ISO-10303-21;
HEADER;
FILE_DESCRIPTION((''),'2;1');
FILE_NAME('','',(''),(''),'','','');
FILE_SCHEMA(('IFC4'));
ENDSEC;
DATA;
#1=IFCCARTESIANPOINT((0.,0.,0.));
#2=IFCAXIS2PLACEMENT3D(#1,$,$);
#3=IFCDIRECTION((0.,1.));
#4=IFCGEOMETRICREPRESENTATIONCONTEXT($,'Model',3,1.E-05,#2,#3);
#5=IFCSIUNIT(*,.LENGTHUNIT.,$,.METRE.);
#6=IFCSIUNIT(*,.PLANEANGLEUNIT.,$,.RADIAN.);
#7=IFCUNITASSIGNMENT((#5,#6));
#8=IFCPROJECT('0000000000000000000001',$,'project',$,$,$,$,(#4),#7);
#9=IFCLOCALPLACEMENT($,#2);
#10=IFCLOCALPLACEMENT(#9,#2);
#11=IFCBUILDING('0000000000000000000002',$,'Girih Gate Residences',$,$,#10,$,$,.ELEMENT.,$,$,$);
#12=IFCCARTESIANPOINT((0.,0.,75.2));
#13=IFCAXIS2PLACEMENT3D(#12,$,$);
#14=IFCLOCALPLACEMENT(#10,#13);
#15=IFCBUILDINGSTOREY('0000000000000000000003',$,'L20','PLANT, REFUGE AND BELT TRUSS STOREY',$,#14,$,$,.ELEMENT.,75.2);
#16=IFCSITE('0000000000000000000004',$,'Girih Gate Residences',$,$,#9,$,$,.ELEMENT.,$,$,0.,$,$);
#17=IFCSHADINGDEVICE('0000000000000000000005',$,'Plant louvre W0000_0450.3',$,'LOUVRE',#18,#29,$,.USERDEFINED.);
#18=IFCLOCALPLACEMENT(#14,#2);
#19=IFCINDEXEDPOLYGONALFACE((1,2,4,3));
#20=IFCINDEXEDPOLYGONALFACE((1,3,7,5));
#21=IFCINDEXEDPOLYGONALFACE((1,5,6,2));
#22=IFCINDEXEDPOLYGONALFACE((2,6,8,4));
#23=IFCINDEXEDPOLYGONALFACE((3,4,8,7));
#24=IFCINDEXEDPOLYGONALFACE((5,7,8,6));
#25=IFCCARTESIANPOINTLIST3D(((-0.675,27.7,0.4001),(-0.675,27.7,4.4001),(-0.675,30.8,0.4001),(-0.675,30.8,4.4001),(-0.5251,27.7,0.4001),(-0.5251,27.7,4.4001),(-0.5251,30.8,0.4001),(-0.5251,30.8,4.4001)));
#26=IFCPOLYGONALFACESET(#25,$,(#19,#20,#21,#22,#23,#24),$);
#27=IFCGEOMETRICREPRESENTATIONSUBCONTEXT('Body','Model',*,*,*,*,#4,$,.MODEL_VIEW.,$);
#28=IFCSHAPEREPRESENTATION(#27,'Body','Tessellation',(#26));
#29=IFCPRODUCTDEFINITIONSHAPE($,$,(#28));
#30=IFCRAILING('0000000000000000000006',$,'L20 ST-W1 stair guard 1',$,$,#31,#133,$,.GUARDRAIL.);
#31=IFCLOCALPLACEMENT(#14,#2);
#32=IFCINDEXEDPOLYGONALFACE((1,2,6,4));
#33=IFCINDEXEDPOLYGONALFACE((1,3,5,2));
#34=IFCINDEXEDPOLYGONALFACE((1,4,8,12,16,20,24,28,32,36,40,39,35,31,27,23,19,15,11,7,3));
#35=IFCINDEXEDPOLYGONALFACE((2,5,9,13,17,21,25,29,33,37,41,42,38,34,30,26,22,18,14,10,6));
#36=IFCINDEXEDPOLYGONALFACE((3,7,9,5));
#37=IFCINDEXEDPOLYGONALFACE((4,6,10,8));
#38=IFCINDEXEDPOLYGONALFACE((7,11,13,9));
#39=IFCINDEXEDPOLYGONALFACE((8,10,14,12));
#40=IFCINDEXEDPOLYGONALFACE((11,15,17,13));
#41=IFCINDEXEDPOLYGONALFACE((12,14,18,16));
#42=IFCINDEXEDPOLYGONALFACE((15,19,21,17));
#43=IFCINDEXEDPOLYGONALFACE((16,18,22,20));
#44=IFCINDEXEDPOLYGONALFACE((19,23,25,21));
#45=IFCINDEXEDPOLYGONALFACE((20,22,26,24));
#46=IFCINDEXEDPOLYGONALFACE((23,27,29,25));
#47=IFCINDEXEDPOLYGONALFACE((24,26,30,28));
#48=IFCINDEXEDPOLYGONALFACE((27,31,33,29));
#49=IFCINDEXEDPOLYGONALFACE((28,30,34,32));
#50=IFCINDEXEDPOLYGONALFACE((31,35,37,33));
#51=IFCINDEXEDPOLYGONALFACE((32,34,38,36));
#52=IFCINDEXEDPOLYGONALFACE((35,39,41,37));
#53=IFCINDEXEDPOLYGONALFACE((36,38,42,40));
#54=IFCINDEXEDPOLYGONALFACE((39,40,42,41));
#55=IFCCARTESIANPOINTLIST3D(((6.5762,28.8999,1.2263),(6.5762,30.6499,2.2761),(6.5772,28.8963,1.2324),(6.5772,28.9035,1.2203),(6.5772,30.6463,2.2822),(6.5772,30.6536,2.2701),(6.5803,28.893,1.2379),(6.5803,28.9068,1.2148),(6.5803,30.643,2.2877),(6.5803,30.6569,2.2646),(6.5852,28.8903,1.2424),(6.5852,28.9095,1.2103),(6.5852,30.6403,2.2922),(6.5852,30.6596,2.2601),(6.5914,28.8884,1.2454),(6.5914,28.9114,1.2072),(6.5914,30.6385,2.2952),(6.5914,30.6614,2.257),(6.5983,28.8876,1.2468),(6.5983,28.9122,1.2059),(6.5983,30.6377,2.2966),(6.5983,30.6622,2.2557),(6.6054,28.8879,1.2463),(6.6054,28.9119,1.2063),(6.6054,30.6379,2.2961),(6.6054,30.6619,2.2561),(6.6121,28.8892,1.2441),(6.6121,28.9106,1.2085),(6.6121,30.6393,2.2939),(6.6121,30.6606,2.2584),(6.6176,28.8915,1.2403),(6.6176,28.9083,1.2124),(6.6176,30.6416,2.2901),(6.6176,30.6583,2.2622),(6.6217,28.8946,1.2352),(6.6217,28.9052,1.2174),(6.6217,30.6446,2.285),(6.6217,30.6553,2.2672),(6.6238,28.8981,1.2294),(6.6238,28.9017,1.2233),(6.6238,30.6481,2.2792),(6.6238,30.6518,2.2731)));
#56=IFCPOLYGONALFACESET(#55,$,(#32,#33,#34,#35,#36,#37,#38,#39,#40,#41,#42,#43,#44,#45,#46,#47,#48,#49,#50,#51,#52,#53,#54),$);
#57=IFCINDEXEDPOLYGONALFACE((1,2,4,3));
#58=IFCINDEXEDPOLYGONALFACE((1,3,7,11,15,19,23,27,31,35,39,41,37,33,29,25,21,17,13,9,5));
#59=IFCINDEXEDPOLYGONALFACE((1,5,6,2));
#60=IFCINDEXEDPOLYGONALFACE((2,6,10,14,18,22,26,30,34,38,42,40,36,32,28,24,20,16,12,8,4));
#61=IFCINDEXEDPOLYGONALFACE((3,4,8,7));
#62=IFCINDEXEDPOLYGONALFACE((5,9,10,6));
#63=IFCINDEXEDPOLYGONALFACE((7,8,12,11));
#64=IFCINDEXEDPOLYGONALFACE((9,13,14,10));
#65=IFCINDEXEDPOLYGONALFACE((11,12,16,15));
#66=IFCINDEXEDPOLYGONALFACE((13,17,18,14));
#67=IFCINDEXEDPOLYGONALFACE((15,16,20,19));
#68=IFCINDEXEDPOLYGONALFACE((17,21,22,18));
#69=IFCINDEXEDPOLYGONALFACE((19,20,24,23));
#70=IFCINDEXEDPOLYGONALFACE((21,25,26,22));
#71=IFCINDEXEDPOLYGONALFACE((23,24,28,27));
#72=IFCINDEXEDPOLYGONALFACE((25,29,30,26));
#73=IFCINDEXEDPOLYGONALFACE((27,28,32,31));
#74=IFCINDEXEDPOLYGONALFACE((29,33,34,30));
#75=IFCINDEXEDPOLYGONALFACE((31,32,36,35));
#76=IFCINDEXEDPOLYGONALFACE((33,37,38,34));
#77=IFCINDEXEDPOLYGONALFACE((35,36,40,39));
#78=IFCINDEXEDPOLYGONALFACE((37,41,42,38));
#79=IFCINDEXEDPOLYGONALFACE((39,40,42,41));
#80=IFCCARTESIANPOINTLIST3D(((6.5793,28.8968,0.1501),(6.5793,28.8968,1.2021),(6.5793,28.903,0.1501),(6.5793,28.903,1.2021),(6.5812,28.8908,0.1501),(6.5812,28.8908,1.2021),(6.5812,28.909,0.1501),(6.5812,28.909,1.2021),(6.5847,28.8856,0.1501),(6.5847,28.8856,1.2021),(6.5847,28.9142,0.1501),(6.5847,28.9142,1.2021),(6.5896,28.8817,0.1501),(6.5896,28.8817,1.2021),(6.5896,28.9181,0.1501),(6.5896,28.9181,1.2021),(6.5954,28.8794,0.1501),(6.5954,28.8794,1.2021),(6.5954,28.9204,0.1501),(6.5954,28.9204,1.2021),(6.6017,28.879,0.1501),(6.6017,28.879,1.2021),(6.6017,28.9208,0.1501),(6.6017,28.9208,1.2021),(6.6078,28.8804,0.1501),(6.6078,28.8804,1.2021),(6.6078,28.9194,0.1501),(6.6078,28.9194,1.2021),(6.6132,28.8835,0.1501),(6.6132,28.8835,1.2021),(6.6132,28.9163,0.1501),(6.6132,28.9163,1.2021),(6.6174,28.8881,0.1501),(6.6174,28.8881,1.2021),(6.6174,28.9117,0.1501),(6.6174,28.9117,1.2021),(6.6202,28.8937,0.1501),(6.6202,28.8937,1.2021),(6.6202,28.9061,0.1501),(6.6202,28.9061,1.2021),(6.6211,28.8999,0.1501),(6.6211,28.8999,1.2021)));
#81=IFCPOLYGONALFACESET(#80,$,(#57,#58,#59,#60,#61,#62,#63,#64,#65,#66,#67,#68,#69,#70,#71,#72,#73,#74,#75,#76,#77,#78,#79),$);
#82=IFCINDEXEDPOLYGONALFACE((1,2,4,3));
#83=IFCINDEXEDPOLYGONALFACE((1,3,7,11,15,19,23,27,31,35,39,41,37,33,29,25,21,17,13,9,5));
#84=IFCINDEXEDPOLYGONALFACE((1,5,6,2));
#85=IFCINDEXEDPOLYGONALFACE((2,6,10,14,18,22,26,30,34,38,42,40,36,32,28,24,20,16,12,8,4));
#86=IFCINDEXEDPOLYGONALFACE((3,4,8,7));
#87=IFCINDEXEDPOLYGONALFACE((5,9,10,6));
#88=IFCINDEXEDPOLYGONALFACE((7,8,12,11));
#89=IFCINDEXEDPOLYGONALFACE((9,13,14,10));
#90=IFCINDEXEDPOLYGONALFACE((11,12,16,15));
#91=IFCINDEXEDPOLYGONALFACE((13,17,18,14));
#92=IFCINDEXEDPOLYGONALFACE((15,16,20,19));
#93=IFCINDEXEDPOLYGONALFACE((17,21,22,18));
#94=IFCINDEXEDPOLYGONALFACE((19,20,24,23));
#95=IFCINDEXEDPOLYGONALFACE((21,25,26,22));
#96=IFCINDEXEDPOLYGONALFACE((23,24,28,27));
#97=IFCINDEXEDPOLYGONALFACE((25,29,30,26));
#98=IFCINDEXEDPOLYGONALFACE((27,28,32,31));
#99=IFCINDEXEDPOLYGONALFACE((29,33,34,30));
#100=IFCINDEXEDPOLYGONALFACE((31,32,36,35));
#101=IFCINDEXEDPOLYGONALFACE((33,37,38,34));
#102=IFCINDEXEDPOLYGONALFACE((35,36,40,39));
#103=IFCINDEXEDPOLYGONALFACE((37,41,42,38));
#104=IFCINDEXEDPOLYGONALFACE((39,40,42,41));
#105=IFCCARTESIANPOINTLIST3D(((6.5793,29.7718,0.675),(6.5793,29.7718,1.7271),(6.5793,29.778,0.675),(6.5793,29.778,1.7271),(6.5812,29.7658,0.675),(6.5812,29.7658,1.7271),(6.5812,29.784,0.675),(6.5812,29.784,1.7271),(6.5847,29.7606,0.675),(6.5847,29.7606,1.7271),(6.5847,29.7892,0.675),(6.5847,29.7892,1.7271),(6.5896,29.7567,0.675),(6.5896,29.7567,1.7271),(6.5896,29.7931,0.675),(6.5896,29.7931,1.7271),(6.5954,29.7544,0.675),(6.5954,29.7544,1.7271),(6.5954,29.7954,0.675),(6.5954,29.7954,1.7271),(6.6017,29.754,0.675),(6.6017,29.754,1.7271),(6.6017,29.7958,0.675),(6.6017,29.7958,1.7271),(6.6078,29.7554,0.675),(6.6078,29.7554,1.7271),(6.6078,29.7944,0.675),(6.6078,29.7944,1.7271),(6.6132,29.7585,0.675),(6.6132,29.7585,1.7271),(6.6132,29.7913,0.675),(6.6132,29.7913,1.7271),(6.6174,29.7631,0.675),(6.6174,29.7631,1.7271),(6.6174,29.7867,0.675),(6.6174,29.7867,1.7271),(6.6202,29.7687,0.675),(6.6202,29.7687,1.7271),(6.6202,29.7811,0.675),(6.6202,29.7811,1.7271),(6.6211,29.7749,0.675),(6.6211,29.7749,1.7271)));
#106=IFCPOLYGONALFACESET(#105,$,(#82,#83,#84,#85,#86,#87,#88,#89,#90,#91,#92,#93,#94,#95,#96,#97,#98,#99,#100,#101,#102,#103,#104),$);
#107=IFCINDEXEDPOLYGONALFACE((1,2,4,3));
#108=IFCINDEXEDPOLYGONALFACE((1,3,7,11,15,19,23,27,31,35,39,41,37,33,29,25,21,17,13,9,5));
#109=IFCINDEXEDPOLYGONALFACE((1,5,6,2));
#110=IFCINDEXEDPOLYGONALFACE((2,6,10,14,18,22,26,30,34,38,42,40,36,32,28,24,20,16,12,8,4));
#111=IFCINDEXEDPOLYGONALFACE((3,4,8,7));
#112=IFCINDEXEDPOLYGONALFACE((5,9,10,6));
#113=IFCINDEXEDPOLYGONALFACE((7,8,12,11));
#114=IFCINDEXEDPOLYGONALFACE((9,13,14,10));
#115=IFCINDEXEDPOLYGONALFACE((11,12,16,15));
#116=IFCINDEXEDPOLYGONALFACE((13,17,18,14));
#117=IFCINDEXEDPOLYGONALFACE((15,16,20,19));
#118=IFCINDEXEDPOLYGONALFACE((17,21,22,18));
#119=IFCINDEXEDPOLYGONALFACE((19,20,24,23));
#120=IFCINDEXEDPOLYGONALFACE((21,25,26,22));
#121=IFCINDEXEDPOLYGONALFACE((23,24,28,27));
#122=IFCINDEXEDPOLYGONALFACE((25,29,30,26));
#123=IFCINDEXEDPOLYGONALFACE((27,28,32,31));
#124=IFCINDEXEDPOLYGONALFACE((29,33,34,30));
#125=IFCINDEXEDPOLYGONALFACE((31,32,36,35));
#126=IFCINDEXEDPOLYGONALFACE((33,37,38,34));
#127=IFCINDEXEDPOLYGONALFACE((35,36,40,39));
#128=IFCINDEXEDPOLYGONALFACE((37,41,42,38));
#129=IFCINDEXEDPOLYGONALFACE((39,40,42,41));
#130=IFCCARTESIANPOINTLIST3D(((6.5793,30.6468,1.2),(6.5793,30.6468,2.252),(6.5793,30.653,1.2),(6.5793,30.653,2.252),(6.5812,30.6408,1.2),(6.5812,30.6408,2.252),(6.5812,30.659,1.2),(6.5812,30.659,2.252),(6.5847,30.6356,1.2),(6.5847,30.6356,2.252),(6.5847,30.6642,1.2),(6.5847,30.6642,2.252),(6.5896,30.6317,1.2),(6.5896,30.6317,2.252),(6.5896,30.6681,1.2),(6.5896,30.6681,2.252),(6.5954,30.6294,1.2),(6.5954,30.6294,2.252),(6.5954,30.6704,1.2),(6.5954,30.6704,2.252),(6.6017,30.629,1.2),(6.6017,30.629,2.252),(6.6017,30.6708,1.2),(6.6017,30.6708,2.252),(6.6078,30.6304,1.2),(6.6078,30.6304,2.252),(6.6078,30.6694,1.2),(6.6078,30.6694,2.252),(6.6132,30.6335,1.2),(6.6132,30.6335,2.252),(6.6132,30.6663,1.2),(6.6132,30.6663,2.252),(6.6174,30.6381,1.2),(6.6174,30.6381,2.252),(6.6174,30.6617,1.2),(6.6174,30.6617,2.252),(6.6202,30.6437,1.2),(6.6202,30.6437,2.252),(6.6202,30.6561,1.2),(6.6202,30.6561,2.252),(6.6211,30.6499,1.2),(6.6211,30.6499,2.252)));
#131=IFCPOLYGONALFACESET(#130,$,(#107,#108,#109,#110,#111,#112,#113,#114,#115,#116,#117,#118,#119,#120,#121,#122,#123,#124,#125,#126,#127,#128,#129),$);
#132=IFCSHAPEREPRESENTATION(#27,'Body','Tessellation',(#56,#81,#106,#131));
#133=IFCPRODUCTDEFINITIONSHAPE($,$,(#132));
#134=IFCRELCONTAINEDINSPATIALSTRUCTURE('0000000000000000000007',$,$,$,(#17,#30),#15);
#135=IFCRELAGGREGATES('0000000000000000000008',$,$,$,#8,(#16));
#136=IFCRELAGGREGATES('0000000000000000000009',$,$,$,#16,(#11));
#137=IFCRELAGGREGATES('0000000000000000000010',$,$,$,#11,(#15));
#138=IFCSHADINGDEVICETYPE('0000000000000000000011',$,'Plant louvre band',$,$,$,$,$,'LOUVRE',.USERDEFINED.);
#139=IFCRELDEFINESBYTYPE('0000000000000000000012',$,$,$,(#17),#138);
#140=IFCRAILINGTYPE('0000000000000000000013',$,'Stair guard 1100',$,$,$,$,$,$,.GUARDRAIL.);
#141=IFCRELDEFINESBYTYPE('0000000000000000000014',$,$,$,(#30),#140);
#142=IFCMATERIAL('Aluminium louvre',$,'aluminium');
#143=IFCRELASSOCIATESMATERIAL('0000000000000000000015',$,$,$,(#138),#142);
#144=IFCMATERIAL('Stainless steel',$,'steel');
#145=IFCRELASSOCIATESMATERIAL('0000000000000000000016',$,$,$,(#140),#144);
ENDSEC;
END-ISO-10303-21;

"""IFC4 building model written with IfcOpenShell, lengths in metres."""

from ifc_helpers import new_model, si_unit, direction, frame, origin, origin_2d, place, context, subcontext, project, spatial, rectangle, circle, extrude, material, type_object, element, save


model = new_model("IFC4")

# Units and contexts
model_context = context("Model", 3, precision=1e-05, world=origin(), true_north=direction((0.0, 1.0)))
body_context = subcontext(model_context, "Body", "Model", "MODEL_VIEW")
ifc_project = project(units=[si_unit("LENGTHUNIT", "METRE"), si_unit("PLANEANGLEUNIT", "RADIAN")], contexts=[model_context])

# Site, building, storey
site_placement = place(None, origin())
site = spatial("IfcSite", under=ifc_project, at=site_placement, Name="Girih Gate Residences", CompositionType="ELEMENT", RefElevation=0.0)
building_placement = place(site_placement, origin())
building = spatial("IfcBuilding", under=site, at=building_placement, Name="Girih Gate Residences", CompositionType="ELEMENT")
storey_placement = place(building_placement, frame((0.0, 0.0, 75.2)))
storey = spatial("IfcBuildingStorey", under=building, at=storey_placement, Name="L20", Description="PLANT, REFUGE AND BELT TRUSS STOREY", CompositionType="ELEMENT", Elevation=75.2)

# Shading device
ifc_material_1 = material(Name="Aluminium louvre", Category="aluminium")
shading_device_type = type_object("IfcShadingDeviceType", Name="Plant louvre band", ElementType="LOUVRE", PredefinedType="USERDEFINED", material=ifc_material_1)
shading_device_placement = place(storey_placement, frame((-0.6001, 29.25, 0.4001), z_axis=(0.0, 0.0, 1.0), x_axis=(0.0, -1.0, 0.0)))
element("IfcShadingDevice", 1, at=shading_device_placement, inside=storey, type_object=shading_device_type, Name="Plant louvre W0000_0450.3", ObjectType="LOUVRE", PredefinedType="USERDEFINED", context=body_context, shape_type="SweptSolid", body=[
    extrude(rectangle(XDim=3.1001, YDim=0.1499, at=origin_2d()), origin(), (0.0, 0.0, 1.0), 4.0),
])

# Railing
ifc_material_2 = material(Name="Stainless steel", Category="steel")
railing_type_1 = type_object("IfcRailingType", Name="Stair guard 1100", PredefinedType="GUARDRAIL", material=ifc_material_2)
railing_1_placement = place(storey_placement, frame((6.6001, 28.8999, 0.1501)))
element("IfcRailing", 2, at=railing_1_placement, inside=storey, type_object=railing_type_1, Name="L20 ST-W1 stair guard 1", PredefinedType="GUARDRAIL", context=body_context, shape_type="SweptSolid", body=[
    extrude(circle(Radius=0.0239, at=origin_2d()), frame((0.0, 0.0, 1.0762), z_axis=(0.0, 0.857535, 0.514425), x_axis=(-1.0, 0.0, 0.0)), (0.0, 0.0, 1.0), 2.0408),
    extrude(circle(Radius=0.021, at=origin_2d()), origin(), (0.0, 0.0, 1.0), 1.052),
    extrude(circle(Radius=0.021, at=origin_2d()), frame((0.0, 0.875, 0.5249)), (0.0, 0.0, 1.0), 1.052),
    extrude(circle(Radius=0.021, at=origin_2d()), frame((0.0, 1.75, 1.0498)), (0.0, 0.0, 1.0), 1.052),
])

save(model, "model.ifc")
